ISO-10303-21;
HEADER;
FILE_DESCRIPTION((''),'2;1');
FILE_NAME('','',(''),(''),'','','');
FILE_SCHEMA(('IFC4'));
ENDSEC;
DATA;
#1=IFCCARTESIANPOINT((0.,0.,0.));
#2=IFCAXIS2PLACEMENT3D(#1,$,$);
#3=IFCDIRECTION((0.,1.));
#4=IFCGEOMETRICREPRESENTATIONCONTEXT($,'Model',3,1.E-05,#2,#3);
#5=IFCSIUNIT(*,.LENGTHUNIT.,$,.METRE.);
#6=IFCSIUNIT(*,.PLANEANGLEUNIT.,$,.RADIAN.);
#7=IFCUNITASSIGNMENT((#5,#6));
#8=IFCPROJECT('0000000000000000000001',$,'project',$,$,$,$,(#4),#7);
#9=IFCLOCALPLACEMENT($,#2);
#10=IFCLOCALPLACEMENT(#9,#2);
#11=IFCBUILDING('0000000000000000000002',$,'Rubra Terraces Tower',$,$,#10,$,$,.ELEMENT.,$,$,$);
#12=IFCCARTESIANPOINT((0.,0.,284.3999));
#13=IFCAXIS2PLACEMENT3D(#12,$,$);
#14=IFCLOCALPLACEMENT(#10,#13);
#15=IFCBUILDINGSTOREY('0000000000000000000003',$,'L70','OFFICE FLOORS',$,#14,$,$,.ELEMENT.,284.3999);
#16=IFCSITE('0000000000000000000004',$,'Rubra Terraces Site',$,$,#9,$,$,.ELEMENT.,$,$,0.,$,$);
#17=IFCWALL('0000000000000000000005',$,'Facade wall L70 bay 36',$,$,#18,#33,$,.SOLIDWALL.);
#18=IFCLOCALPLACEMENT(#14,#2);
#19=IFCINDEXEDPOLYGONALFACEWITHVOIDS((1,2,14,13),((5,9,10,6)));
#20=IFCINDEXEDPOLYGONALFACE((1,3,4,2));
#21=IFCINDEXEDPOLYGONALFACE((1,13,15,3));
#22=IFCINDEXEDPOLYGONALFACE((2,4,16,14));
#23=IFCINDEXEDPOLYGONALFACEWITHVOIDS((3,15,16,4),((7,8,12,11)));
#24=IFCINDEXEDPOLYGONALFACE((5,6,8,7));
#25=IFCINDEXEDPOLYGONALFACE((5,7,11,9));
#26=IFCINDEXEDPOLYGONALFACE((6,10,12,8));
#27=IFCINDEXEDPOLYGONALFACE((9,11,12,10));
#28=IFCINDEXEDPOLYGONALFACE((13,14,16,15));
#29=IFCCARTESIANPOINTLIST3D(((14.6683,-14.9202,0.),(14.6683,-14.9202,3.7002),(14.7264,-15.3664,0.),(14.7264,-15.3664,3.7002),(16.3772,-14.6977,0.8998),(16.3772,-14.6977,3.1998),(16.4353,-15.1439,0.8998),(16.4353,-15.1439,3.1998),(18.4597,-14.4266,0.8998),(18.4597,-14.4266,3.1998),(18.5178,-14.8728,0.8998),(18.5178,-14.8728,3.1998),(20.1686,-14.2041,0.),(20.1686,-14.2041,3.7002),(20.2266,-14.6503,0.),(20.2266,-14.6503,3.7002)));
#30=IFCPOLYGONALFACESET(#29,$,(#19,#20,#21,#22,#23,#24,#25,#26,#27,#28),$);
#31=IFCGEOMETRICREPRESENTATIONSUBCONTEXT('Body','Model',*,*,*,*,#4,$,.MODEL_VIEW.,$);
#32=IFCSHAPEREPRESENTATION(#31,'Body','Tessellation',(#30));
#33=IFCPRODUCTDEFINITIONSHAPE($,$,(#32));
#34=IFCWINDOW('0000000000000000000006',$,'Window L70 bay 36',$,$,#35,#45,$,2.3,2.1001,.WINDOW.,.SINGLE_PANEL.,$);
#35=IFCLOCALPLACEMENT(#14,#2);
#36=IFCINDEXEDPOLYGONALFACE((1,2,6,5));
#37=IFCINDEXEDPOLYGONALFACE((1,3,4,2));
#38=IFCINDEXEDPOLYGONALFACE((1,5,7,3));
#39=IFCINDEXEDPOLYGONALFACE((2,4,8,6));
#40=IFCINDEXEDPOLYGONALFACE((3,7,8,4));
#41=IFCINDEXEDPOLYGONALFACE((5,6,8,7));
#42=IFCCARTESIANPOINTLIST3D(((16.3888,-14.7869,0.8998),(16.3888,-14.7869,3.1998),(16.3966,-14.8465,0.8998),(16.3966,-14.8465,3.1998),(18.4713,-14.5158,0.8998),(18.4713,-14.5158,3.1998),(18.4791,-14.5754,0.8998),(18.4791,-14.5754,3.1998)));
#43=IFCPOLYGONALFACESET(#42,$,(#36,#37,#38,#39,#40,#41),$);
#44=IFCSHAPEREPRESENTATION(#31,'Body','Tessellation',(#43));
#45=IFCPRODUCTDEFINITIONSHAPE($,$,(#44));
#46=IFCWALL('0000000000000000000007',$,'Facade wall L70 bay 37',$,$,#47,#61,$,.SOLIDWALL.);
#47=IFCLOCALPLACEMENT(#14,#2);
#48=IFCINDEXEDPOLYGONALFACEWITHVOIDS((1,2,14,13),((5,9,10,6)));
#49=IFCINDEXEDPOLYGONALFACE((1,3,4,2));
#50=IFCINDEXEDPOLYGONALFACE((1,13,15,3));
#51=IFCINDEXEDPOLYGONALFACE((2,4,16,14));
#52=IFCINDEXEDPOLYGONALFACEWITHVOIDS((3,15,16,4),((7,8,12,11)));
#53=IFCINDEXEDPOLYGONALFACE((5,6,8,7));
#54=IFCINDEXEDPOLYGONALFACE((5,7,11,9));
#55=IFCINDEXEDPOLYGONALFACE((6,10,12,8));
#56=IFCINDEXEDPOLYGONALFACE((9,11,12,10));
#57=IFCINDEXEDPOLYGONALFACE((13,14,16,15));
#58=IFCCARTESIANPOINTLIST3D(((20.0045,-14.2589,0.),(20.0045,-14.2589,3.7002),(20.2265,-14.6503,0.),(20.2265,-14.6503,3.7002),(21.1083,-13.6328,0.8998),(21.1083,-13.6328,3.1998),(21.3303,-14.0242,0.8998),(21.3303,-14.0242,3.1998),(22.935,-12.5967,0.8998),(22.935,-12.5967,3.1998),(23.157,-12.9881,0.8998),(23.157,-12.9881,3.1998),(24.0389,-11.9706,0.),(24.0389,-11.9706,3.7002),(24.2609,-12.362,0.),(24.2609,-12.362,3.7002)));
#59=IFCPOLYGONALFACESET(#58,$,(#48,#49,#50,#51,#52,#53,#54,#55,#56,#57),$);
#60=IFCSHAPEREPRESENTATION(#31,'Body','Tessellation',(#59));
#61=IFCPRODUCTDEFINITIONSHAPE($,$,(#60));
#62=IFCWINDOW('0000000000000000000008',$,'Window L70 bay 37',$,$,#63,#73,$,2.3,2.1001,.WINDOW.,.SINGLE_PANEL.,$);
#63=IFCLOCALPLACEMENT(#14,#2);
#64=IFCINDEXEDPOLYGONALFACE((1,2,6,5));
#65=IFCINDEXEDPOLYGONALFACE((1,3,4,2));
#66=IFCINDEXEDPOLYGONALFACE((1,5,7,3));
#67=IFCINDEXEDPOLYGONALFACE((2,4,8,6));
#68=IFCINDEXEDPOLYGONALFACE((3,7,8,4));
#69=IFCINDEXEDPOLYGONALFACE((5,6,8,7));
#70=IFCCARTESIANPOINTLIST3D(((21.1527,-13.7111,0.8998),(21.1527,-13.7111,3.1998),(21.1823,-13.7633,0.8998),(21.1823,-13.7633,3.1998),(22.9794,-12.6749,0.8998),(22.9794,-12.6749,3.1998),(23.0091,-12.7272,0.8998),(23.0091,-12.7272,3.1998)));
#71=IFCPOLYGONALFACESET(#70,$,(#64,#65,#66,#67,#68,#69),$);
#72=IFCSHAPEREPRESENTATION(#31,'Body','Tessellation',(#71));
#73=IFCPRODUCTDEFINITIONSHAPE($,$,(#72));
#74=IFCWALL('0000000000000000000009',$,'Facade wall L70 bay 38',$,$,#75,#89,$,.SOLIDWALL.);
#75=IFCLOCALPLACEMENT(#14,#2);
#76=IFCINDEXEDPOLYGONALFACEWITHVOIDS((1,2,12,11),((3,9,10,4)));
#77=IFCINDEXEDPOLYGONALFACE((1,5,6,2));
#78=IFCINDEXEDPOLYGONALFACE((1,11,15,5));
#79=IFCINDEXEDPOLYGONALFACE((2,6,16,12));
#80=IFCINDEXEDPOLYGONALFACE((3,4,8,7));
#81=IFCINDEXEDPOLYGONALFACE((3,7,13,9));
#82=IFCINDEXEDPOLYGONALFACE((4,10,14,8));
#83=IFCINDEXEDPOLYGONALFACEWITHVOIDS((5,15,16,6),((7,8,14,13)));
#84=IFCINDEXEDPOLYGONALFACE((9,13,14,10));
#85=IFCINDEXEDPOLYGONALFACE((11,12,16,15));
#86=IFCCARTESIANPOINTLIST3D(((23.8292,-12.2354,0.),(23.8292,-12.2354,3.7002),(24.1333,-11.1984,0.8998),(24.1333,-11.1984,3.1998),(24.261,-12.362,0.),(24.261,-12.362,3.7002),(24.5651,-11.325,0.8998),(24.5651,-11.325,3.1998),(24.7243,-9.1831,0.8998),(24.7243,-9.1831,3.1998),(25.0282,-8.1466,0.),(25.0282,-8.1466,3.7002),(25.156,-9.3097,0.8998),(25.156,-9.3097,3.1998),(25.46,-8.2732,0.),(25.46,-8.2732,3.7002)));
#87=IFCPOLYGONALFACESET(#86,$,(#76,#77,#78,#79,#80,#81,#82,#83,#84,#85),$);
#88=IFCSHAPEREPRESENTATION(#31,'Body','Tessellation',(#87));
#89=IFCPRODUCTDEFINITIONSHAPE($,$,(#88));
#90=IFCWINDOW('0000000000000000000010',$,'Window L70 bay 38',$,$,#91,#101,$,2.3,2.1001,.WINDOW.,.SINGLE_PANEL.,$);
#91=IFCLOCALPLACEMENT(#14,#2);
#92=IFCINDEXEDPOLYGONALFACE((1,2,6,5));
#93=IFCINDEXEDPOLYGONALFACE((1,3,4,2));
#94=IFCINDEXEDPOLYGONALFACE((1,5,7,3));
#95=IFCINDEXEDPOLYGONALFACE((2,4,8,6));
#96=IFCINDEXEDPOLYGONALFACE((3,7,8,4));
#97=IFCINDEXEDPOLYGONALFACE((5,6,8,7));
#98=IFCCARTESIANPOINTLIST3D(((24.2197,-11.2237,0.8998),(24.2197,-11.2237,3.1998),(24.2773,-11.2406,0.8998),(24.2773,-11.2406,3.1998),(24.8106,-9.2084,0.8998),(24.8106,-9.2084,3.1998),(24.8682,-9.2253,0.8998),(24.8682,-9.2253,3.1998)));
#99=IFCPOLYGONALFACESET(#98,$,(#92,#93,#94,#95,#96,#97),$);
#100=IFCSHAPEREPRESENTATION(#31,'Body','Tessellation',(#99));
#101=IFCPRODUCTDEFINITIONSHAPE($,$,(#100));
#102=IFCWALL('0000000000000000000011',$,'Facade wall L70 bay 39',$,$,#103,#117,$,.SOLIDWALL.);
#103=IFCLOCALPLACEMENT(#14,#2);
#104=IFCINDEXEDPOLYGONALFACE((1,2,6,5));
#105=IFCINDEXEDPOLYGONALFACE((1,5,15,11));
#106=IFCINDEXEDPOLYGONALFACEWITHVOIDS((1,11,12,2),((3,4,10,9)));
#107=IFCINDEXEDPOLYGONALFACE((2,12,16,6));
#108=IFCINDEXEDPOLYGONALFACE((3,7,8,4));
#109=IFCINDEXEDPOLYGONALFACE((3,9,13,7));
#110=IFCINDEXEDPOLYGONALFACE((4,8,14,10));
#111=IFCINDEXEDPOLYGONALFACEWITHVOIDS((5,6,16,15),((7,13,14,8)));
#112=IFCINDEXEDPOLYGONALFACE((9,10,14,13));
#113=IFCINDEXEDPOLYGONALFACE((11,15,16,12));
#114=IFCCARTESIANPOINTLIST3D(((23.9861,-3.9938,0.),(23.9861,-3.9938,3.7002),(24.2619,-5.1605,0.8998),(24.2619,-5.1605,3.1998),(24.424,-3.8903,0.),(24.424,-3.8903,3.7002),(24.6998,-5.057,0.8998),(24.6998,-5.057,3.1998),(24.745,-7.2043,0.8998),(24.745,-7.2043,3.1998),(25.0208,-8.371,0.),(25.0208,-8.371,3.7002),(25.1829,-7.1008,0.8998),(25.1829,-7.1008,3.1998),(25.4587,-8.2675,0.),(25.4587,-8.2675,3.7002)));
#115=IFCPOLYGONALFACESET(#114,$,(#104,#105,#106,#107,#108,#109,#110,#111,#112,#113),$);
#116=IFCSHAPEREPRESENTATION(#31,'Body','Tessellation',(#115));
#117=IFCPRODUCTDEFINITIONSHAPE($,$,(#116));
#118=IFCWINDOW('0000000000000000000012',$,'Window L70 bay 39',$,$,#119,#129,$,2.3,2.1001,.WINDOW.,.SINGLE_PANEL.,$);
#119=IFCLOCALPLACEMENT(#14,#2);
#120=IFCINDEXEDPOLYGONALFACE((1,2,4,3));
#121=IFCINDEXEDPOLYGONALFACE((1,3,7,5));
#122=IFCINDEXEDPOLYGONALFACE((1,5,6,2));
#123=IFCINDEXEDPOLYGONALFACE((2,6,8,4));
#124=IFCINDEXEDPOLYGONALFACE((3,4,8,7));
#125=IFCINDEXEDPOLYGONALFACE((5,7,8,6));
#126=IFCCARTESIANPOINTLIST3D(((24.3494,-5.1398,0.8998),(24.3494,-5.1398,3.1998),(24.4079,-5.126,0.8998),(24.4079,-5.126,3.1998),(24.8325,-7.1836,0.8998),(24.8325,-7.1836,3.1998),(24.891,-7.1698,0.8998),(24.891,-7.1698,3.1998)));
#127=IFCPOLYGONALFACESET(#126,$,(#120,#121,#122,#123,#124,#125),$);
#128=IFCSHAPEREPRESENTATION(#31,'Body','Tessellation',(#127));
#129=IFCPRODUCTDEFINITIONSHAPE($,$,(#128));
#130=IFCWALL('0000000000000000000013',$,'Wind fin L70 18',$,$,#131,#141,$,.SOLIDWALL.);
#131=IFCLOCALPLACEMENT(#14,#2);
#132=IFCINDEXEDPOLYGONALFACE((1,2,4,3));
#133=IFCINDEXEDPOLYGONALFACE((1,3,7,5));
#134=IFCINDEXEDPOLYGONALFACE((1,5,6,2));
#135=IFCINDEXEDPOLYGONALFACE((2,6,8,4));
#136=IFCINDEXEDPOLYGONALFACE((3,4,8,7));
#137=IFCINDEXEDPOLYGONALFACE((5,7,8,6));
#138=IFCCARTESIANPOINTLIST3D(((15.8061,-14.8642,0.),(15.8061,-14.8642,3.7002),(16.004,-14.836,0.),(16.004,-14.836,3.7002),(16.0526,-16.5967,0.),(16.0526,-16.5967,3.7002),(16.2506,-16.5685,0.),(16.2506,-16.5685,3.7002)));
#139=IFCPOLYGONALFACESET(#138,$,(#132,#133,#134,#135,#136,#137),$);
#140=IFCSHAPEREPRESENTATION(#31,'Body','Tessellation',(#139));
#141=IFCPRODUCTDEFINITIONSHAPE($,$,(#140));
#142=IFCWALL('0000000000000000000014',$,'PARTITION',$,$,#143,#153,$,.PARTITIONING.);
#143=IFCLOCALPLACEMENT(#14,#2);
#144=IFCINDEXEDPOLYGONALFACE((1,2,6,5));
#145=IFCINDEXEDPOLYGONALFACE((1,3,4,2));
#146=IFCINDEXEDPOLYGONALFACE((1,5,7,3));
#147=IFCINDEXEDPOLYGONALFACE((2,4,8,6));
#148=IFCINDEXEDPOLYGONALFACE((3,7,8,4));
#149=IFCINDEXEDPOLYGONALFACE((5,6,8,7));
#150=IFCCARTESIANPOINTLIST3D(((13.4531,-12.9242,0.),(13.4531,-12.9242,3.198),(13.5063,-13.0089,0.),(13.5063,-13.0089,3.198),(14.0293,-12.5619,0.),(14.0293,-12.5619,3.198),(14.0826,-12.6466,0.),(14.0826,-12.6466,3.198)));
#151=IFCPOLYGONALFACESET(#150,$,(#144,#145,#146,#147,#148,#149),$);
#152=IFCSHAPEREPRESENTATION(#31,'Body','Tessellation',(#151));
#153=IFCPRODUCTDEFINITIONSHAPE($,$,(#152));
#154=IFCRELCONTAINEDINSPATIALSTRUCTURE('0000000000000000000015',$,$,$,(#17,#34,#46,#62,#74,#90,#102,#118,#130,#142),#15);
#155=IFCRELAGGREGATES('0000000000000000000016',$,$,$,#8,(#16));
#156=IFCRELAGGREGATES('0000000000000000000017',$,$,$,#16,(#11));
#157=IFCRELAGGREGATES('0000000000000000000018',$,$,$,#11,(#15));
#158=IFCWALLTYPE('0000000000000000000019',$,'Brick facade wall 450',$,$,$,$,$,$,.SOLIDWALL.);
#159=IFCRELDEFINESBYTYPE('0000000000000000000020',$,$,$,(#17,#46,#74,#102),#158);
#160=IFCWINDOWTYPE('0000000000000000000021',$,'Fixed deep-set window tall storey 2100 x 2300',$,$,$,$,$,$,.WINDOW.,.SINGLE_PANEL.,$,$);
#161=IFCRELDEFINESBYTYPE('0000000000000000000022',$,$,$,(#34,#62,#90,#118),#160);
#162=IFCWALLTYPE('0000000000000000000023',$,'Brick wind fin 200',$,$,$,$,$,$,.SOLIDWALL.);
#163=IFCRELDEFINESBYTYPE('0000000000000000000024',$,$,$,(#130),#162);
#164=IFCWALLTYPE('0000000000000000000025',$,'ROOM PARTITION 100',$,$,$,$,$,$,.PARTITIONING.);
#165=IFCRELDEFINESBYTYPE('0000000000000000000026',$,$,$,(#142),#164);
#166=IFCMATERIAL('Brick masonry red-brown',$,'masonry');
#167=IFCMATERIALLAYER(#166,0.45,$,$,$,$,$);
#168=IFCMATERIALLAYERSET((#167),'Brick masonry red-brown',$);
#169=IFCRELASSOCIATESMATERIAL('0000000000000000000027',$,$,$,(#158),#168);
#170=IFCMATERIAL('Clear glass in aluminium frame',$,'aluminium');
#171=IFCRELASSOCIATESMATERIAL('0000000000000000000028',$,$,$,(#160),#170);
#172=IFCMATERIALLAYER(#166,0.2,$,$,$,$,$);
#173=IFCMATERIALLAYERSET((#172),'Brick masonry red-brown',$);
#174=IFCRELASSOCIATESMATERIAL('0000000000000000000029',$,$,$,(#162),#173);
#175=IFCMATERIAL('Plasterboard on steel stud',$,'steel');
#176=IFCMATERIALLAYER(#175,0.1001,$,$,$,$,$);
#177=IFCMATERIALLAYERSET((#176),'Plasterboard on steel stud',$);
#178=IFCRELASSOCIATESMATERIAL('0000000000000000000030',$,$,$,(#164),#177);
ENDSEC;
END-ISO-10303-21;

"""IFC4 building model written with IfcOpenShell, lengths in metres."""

from ifc_helpers import new_model, si_unit, direction, frame, frame_2d, origin, place, context, subcontext, project, spatial, rectangle, extrude, material, layer, layer_set, type_object, element, fill, save


model = new_model("IFC4")

# Units and contexts
model_context = context("Model", 3, precision=1e-05, world=origin(), true_north=direction((0.0, 1.0)))
body_context = subcontext(model_context, "Body", "Model", "MODEL_VIEW")
ifc_project = project(units=[si_unit("LENGTHUNIT", "METRE"), si_unit("PLANEANGLEUNIT", "RADIAN")], contexts=[model_context])

# Site, building, storey
site_placement = place(None, origin())
site = spatial("IfcSite", under=ifc_project, at=site_placement, Name="Rubra Terraces Site", CompositionType="ELEMENT", RefElevation=0.0)
building_placement = place(site_placement, origin())
building = spatial("IfcBuilding", under=site, at=building_placement, Name="Rubra Terraces Tower", CompositionType="ELEMENT")
storey_placement = place(building_placement, frame((0.0, 0.0, 284.3999)))
storey = spatial("IfcBuildingStorey", under=building, at=storey_placement, Name="L70", Description="OFFICE FLOORS", CompositionType="ELEMENT", Elevation=284.3999)

# Walls, openings, windows
ifc_material_1 = material(Name="Brick masonry red-brown", Category="masonry")
ifc_layer_1 = layer(ifc_material_1, 0.45)
ifc_layer_set_1 = layer_set([ifc_layer_1], Name="Brick masonry red-brown")
wall_type_1 = type_object("IfcWallType", Name="Brick facade wall 450", PredefinedType="SOLIDWALL", material=ifc_layer_set_1)
wall_1_placement = place(storey_placement, frame((14.6973, -15.1433, 0.0), z_axis=(0.0, 0.0, 1.0), x_axis=(0.991632, 0.129098, 0.0)))
wall_1 = element("IfcWall", 1, at=wall_1_placement, inside=storey, type_object=wall_type_1, Name="Facade wall L70 bay 36", PredefinedType="SOLIDWALL", context=body_context, shape_type="SweptSolid", body=[
    extrude(rectangle(XDim=5.5466, YDim=0.45, at=frame_2d((2.7734, 0.0))), origin(), (0.0, 0.0, 1.0), 3.7002),
])
opening_1_placement = place(wall_1_placement, frame((1.7234, 0.0, 0.8999)))
opening_1 = element("IfcOpeningElement", 2, at=opening_1_placement, cuts=wall_1, PredefinedType="OPENING", context=body_context, shape_type="SweptSolid", body=[
    extrude(rectangle(XDim=2.1001, YDim=2.3, at=frame_2d((1.05, 1.1499))), frame((0.0, 0.2349, 0.0), z_axis=(0.0, -1.0, 0.0), x_axis=(1.0, 0.0, 0.0)), (0.0, 0.0, 1.0), 0.47),
])
ifc_material_2 = material(Name="Clear glass in aluminium frame", Category="aluminium")
window_type = type_object("IfcWindowType", Name="Fixed deep-set window tall storey 2100 x 2300", PartitioningType="SINGLE_PANEL", PredefinedType="WINDOW", material=ifc_material_2)
window_1_placement = place(opening_1_placement, origin())
window_1 = element("IfcWindow", 3, at=window_1_placement, inside=storey, type_object=window_type, Name="Window L70 bay 36", OverallHeight=2.3, OverallWidth=2.1001, PartitioningType="SINGLE_PANEL", PredefinedType="WINDOW", context=body_context, shape_type="SweptSolid", body=[
    extrude(rectangle(XDim=2.1001, YDim=2.3, at=frame_2d((1.05, 1.1499))), frame((0.0, 0.135, 0.0), z_axis=(0.0, -1.0, 0.0), x_axis=(1.0, 0.0, 0.0)), (0.0, 0.0, 1.0), 0.0601),
])
fill(opening_1, window_1)
wall_2_placement = place(storey_placement, frame((20.1155, -14.4546, 0.0), z_axis=(0.0, 0.0, 1.0), x_axis=(0.869823, 0.493364, 0.0)))
wall_2 = element("IfcWall", 4, at=wall_2_placement, inside=storey, type_object=wall_type_1, Name="Facade wall L70 bay 37", PredefinedType="SOLIDWALL", context=body_context, shape_type="SweptSolid", body=[
    extrude(rectangle(XDim=4.6382, YDim=0.45, at=frame_2d((2.3191, 0.0))), origin(), (0.0, 0.0, 1.0), 3.7002),
])
opening_2_placement = place(wall_2_placement, frame((1.269, 0.0, 0.8999)))
opening_2 = element("IfcOpeningElement", 5, at=opening_2_placement, cuts=wall_2, PredefinedType="OPENING", context=body_context, shape_type="SweptSolid", body=[
    extrude(rectangle(XDim=2.1001, YDim=2.3, at=frame_2d((1.05, 1.1499))), frame((0.0, 0.2349, 0.0), z_axis=(0.0, -1.0, 0.0), x_axis=(1.0, 0.0, 0.0)), (0.0, 0.0, 1.0), 0.47),
])
window_2_placement = place(opening_2_placement, origin())
window_2 = element("IfcWindow", 6, at=window_2_placement, inside=storey, type_object=window_type, Name="Window L70 bay 37", OverallHeight=2.3, OverallWidth=2.1001, PartitioningType="SINGLE_PANEL", PredefinedType="WINDOW", context=body_context, shape_type="SweptSolid", body=[
    extrude(rectangle(XDim=2.1001, YDim=2.3, at=frame_2d((1.05, 1.1499))), frame((0.0, 0.135, 0.0), z_axis=(0.0, -1.0, 0.0), x_axis=(1.0, 0.0, 0.0)), (0.0, 0.0, 1.0), 0.0601),
])
fill(opening_2, window_2)
wall_3_placement = place(storey_placement, frame((24.0452, -12.2986, 0.0), z_axis=(0.0, 0.0, 1.0), x_axis=(0.281381, 0.959596, 0.0)))
wall_3 = element("IfcWall", 7, at=wall_3_placement, inside=storey, type_object=wall_type_1, Name="Facade wall L70 bay 38", PredefinedType="SOLIDWALL", context=body_context, shape_type="SweptSolid", body=[
    extrude(rectangle(XDim=4.261, YDim=0.45, at=frame_2d((2.1304, 0.0))), origin(), (0.0, 0.0, 1.0), 3.7002),
])
opening_3_placement = place(wall_3_placement, frame((1.0806, 0.0, 0.8999)))
opening_3 = element("IfcOpeningElement", 8, at=opening_3_placement, cuts=wall_3, PredefinedType="OPENING", context=body_context, shape_type="SweptSolid", body=[
    extrude(rectangle(XDim=2.1001, YDim=2.3, at=frame_2d((1.05, 1.1499))), frame((0.0, 0.2349, 0.0), z_axis=(0.0, -1.0, 0.0), x_axis=(1.0, 0.0, 0.0)), (0.0, 0.0, 1.0), 0.47),
])
window_3_placement = place(opening_3_placement, origin())
window_3 = element("IfcWindow", 9, at=window_3_placement, inside=storey, type_object=window_type, Name="Window L70 bay 38", OverallHeight=2.3, OverallWidth=2.1001, PartitioningType="SINGLE_PANEL", PredefinedType="WINDOW", context=body_context, shape_type="SweptSolid", body=[
    extrude(rectangle(XDim=2.1001, YDim=2.3, at=frame_2d((1.05, 1.1499))), frame((0.0, 0.135, 0.0), z_axis=(0.0, -1.0, 0.0), x_axis=(1.0, 0.0, 0.0)), (0.0, 0.0, 1.0), 0.0601),
])
fill(opening_3, window_3)
wall_4_placement = place(storey_placement, frame((25.2397, -8.3193, 0.0), z_axis=(0.0, 0.0, 1.0), x_axis=(-0.230038, 0.973182, 0.0)))
wall_4 = element("IfcWall", 10, at=wall_4_placement, inside=storey, type_object=wall_type_1, Name="Facade wall L70 bay 39", PredefinedType="SOLIDWALL", context=body_context, shape_type="SweptSolid", body=[
    extrude(rectangle(XDim=4.4978, YDim=0.45, at=frame_2d((2.249, 0.0))), origin(), (0.0, 0.0, 1.0), 3.7002),
])
opening_4_placement = place(wall_4_placement, frame((1.199, 0.0, 0.8999)))
opening_4 = element("IfcOpeningElement", 11, at=opening_4_placement, cuts=wall_4, PredefinedType="OPENING", context=body_context, shape_type="SweptSolid", body=[
    extrude(rectangle(XDim=2.1001, YDim=2.3, at=frame_2d((1.05, 1.1499))), frame((0.0, 0.2349, 0.0), z_axis=(0.0, -1.0, 0.0), x_axis=(1.0, 0.0, 0.0)), (0.0, 0.0, 1.0), 0.47),
])
window_4_placement = place(opening_4_placement, origin())
window_4 = element("IfcWindow", 12, at=window_4_placement, inside=storey, type_object=window_type, Name="Window L70 bay 39", OverallHeight=2.3, OverallWidth=2.1001, PartitioningType="SINGLE_PANEL", PredefinedType="WINDOW", context=body_context, shape_type="SweptSolid", body=[
    extrude(rectangle(XDim=2.1001, YDim=2.3, at=frame_2d((1.05, 1.1499))), frame((0.0, 0.135, 0.0), z_axis=(0.0, -1.0, 0.0), x_axis=(1.0, 0.0, 0.0)), (0.0, 0.0, 1.0), 0.0601),
])
fill(opening_4, window_4)

# Walls
ifc_layer_2 = layer(ifc_material_1, 0.2)
ifc_layer_set_2 = layer_set([ifc_layer_2], Name="Brick masonry red-brown")
wall_type_2 = type_object("IfcWallType", Name="Brick wind fin 200", PredefinedType="SOLIDWALL", material=ifc_layer_set_2)
wall_5_placement = place(storey_placement, frame((15.905, -14.8501, 0.0), z_axis=(0.0, 0.0, 1.0), x_axis=(0.140913, -0.990022, 0.0)))
element("IfcWall", 13, at=wall_5_placement, inside=storey, type_object=wall_type_2, Name="Wind fin L70 18", PredefinedType="SOLIDWALL", context=body_context, shape_type="SweptSolid", body=[
    extrude(rectangle(XDim=1.75, YDim=0.2, at=frame_2d((0.875, 0.0))), origin(), (0.0, 0.0, 1.0), 3.7002),
])
ifc_material_3 = material(Name="Plasterboard on steel stud", Category="steel")
ifc_layer_3 = layer(ifc_material_3, 0.1001)
ifc_layer_set_3 = layer_set([ifc_layer_3], Name="Plasterboard on steel stud")
wall_type_3 = type_object("IfcWallType", Name="ROOM PARTITION 100", PredefinedType="PARTITIONING", material=ifc_layer_set_3)
wall_6_placement = place(storey_placement, frame((14.0559, -12.6042, 0.0), z_axis=(0.0, 0.0, 1.0), x_axis=(-0.846544, -0.532318, 0.0)))
element("IfcWall", 14, at=wall_6_placement, inside=storey, type_object=wall_type_3, Name="PARTITION", PredefinedType="PARTITIONING", context=body_context, shape_type="SweptSolid", body=[
    extrude(rectangle(XDim=0.6807, YDim=0.1001, at=frame_2d((0.3403, 0.0))), origin(), (0.0, 0.0, 1.0), 3.198),
])

save(model, "model.ifc")
